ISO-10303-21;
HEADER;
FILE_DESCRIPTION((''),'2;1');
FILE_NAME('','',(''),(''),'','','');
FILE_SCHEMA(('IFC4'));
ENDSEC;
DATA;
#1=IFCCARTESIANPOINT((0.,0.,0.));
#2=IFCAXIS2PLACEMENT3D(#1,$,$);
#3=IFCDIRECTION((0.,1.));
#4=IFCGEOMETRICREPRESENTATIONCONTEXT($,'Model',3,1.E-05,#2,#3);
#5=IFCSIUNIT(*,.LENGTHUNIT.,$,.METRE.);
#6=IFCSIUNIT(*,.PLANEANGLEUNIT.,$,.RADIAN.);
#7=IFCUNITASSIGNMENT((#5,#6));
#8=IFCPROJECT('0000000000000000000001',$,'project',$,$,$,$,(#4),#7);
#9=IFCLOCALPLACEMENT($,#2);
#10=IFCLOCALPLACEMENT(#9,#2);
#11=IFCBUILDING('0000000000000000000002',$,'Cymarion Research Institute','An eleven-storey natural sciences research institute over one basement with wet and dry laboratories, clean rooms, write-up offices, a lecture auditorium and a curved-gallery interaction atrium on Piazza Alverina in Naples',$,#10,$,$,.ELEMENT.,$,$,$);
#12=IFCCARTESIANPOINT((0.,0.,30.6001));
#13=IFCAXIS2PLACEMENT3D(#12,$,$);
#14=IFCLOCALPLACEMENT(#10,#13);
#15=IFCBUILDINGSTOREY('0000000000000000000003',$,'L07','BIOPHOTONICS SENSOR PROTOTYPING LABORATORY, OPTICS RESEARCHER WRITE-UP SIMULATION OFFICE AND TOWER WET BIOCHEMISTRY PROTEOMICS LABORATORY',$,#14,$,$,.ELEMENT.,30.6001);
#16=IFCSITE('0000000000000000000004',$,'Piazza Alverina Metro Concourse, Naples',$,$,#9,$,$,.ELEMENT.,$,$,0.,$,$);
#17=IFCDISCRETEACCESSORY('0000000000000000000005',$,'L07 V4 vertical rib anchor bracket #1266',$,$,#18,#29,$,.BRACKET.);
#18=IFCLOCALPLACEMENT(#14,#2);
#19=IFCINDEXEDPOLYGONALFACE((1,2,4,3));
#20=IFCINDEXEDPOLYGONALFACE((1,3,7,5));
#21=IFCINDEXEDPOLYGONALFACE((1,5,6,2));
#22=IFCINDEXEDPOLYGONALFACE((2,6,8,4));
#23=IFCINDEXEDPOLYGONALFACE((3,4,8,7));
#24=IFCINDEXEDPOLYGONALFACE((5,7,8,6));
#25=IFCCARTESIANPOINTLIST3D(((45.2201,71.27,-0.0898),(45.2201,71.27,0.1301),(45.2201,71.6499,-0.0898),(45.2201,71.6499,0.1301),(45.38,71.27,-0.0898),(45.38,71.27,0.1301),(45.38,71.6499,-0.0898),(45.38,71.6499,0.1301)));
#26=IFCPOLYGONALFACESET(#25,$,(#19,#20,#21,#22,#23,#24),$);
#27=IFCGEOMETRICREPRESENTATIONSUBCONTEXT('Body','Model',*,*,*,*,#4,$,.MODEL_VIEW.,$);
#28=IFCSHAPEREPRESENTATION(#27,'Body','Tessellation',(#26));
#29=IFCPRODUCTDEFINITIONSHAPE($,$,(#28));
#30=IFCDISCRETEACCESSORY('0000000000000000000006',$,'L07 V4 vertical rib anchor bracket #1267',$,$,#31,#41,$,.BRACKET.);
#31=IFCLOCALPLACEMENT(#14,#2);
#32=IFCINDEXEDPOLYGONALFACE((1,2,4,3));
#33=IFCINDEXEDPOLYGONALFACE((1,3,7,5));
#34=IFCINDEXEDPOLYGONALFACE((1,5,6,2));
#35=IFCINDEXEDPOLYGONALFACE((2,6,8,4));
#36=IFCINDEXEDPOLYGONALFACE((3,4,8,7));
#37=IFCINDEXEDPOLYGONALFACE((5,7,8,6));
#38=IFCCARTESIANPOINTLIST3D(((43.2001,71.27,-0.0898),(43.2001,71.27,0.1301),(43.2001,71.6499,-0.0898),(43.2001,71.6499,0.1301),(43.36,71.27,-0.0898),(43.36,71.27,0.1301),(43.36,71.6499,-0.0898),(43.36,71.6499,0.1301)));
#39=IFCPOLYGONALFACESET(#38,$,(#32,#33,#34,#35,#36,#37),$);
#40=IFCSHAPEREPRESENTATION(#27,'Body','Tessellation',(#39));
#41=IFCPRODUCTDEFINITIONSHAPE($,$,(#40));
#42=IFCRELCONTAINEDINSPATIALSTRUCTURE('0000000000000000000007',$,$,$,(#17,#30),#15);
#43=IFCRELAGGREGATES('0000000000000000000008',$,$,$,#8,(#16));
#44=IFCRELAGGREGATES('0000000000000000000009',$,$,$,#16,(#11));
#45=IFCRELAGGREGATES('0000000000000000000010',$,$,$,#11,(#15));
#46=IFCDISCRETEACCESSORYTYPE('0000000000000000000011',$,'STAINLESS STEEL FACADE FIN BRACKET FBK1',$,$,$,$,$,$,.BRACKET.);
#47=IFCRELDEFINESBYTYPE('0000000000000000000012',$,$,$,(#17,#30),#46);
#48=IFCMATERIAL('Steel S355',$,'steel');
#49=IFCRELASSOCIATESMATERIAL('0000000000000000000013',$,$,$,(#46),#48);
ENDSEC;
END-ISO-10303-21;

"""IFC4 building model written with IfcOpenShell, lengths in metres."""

from ifc_helpers import new_model, si_unit, direction, frame, origin, origin_2d, place, context, subcontext, project, spatial, rectangle, extrude, material, type_object, element, save


model = new_model("IFC4")

# Units and contexts
model_context = context("Model", 3, precision=1e-05, world=origin(), true_north=direction((0.0, 1.0)))
body_context = subcontext(model_context, "Body", "Model", "MODEL_VIEW")
ifc_project = project(units=[si_unit("LENGTHUNIT", "METRE"), si_unit("PLANEANGLEUNIT", "RADIAN")], contexts=[model_context])

# Site, building, storey
site_placement = place(None, origin())
site = spatial("IfcSite", under=ifc_project, at=site_placement, Name="Piazza Alverina Metro Concourse, Naples", CompositionType="ELEMENT", RefElevation=0.0)
building_placement = place(site_placement, origin())
building = spatial("IfcBuilding", under=site, at=building_placement, Name="Cymarion Research Institute", Description="An eleven-storey natural sciences research institute over one basement with wet and dry laboratories, clean rooms, write-up offices, a lecture auditorium and a curved-gallery interaction atrium on Piazza Alverina in Naples", CompositionType="ELEMENT")
storey_placement = place(building_placement, frame((0.0, 0.0, 30.6001)))
storey = spatial("IfcBuildingStorey", under=building, at=storey_placement, Name="L07", Description="BIOPHOTONICS SENSOR PROTOTYPING LABORATORY, OPTICS RESEARCHER WRITE-UP SIMULATION OFFICE AND TOWER WET BIOCHEMISTRY PROTEOMICS LABORATORY", CompositionType="ELEMENT", Elevation=30.6001)

# Shared definitions
ifc_material_1 = material(Name="Steel S355", Category="steel")

# Discrete accessories
discrete_accessory_type = type_object("IfcDiscreteAccessoryType", Name="STAINLESS STEEL FACADE FIN BRACKET FBK1", PredefinedType="BRACKET", material=ifc_material_1)
for number, where, z_axis, x_axis, name in (
    (1, (45.3, 71.46, -0.0898), (0.0, 0.0, 1.0), (0.0, 1.0, 0.0), "L07 V4 vertical rib anchor bracket #1266"),
    (2, (43.28, 71.46, -0.0898), (0.0, 0.0, 1.0), (0.0, 1.0, 0.0), "L07 V4 vertical rib anchor bracket #1267"),
):
    element("IfcDiscreteAccessory", number, at=place(storey_placement, frame(where, z_axis=z_axis, x_axis=x_axis)), inside=storey, type_object=discrete_accessory_type, Name=name, PredefinedType="BRACKET", context=body_context, shape_type="SweptSolid", body=[
        extrude(rectangle(XDim=0.3799, YDim=0.1599, at=origin_2d()), origin(), (0.0, 0.0, 1.0), 0.22),
    ])

save(model, "model.ifc")
